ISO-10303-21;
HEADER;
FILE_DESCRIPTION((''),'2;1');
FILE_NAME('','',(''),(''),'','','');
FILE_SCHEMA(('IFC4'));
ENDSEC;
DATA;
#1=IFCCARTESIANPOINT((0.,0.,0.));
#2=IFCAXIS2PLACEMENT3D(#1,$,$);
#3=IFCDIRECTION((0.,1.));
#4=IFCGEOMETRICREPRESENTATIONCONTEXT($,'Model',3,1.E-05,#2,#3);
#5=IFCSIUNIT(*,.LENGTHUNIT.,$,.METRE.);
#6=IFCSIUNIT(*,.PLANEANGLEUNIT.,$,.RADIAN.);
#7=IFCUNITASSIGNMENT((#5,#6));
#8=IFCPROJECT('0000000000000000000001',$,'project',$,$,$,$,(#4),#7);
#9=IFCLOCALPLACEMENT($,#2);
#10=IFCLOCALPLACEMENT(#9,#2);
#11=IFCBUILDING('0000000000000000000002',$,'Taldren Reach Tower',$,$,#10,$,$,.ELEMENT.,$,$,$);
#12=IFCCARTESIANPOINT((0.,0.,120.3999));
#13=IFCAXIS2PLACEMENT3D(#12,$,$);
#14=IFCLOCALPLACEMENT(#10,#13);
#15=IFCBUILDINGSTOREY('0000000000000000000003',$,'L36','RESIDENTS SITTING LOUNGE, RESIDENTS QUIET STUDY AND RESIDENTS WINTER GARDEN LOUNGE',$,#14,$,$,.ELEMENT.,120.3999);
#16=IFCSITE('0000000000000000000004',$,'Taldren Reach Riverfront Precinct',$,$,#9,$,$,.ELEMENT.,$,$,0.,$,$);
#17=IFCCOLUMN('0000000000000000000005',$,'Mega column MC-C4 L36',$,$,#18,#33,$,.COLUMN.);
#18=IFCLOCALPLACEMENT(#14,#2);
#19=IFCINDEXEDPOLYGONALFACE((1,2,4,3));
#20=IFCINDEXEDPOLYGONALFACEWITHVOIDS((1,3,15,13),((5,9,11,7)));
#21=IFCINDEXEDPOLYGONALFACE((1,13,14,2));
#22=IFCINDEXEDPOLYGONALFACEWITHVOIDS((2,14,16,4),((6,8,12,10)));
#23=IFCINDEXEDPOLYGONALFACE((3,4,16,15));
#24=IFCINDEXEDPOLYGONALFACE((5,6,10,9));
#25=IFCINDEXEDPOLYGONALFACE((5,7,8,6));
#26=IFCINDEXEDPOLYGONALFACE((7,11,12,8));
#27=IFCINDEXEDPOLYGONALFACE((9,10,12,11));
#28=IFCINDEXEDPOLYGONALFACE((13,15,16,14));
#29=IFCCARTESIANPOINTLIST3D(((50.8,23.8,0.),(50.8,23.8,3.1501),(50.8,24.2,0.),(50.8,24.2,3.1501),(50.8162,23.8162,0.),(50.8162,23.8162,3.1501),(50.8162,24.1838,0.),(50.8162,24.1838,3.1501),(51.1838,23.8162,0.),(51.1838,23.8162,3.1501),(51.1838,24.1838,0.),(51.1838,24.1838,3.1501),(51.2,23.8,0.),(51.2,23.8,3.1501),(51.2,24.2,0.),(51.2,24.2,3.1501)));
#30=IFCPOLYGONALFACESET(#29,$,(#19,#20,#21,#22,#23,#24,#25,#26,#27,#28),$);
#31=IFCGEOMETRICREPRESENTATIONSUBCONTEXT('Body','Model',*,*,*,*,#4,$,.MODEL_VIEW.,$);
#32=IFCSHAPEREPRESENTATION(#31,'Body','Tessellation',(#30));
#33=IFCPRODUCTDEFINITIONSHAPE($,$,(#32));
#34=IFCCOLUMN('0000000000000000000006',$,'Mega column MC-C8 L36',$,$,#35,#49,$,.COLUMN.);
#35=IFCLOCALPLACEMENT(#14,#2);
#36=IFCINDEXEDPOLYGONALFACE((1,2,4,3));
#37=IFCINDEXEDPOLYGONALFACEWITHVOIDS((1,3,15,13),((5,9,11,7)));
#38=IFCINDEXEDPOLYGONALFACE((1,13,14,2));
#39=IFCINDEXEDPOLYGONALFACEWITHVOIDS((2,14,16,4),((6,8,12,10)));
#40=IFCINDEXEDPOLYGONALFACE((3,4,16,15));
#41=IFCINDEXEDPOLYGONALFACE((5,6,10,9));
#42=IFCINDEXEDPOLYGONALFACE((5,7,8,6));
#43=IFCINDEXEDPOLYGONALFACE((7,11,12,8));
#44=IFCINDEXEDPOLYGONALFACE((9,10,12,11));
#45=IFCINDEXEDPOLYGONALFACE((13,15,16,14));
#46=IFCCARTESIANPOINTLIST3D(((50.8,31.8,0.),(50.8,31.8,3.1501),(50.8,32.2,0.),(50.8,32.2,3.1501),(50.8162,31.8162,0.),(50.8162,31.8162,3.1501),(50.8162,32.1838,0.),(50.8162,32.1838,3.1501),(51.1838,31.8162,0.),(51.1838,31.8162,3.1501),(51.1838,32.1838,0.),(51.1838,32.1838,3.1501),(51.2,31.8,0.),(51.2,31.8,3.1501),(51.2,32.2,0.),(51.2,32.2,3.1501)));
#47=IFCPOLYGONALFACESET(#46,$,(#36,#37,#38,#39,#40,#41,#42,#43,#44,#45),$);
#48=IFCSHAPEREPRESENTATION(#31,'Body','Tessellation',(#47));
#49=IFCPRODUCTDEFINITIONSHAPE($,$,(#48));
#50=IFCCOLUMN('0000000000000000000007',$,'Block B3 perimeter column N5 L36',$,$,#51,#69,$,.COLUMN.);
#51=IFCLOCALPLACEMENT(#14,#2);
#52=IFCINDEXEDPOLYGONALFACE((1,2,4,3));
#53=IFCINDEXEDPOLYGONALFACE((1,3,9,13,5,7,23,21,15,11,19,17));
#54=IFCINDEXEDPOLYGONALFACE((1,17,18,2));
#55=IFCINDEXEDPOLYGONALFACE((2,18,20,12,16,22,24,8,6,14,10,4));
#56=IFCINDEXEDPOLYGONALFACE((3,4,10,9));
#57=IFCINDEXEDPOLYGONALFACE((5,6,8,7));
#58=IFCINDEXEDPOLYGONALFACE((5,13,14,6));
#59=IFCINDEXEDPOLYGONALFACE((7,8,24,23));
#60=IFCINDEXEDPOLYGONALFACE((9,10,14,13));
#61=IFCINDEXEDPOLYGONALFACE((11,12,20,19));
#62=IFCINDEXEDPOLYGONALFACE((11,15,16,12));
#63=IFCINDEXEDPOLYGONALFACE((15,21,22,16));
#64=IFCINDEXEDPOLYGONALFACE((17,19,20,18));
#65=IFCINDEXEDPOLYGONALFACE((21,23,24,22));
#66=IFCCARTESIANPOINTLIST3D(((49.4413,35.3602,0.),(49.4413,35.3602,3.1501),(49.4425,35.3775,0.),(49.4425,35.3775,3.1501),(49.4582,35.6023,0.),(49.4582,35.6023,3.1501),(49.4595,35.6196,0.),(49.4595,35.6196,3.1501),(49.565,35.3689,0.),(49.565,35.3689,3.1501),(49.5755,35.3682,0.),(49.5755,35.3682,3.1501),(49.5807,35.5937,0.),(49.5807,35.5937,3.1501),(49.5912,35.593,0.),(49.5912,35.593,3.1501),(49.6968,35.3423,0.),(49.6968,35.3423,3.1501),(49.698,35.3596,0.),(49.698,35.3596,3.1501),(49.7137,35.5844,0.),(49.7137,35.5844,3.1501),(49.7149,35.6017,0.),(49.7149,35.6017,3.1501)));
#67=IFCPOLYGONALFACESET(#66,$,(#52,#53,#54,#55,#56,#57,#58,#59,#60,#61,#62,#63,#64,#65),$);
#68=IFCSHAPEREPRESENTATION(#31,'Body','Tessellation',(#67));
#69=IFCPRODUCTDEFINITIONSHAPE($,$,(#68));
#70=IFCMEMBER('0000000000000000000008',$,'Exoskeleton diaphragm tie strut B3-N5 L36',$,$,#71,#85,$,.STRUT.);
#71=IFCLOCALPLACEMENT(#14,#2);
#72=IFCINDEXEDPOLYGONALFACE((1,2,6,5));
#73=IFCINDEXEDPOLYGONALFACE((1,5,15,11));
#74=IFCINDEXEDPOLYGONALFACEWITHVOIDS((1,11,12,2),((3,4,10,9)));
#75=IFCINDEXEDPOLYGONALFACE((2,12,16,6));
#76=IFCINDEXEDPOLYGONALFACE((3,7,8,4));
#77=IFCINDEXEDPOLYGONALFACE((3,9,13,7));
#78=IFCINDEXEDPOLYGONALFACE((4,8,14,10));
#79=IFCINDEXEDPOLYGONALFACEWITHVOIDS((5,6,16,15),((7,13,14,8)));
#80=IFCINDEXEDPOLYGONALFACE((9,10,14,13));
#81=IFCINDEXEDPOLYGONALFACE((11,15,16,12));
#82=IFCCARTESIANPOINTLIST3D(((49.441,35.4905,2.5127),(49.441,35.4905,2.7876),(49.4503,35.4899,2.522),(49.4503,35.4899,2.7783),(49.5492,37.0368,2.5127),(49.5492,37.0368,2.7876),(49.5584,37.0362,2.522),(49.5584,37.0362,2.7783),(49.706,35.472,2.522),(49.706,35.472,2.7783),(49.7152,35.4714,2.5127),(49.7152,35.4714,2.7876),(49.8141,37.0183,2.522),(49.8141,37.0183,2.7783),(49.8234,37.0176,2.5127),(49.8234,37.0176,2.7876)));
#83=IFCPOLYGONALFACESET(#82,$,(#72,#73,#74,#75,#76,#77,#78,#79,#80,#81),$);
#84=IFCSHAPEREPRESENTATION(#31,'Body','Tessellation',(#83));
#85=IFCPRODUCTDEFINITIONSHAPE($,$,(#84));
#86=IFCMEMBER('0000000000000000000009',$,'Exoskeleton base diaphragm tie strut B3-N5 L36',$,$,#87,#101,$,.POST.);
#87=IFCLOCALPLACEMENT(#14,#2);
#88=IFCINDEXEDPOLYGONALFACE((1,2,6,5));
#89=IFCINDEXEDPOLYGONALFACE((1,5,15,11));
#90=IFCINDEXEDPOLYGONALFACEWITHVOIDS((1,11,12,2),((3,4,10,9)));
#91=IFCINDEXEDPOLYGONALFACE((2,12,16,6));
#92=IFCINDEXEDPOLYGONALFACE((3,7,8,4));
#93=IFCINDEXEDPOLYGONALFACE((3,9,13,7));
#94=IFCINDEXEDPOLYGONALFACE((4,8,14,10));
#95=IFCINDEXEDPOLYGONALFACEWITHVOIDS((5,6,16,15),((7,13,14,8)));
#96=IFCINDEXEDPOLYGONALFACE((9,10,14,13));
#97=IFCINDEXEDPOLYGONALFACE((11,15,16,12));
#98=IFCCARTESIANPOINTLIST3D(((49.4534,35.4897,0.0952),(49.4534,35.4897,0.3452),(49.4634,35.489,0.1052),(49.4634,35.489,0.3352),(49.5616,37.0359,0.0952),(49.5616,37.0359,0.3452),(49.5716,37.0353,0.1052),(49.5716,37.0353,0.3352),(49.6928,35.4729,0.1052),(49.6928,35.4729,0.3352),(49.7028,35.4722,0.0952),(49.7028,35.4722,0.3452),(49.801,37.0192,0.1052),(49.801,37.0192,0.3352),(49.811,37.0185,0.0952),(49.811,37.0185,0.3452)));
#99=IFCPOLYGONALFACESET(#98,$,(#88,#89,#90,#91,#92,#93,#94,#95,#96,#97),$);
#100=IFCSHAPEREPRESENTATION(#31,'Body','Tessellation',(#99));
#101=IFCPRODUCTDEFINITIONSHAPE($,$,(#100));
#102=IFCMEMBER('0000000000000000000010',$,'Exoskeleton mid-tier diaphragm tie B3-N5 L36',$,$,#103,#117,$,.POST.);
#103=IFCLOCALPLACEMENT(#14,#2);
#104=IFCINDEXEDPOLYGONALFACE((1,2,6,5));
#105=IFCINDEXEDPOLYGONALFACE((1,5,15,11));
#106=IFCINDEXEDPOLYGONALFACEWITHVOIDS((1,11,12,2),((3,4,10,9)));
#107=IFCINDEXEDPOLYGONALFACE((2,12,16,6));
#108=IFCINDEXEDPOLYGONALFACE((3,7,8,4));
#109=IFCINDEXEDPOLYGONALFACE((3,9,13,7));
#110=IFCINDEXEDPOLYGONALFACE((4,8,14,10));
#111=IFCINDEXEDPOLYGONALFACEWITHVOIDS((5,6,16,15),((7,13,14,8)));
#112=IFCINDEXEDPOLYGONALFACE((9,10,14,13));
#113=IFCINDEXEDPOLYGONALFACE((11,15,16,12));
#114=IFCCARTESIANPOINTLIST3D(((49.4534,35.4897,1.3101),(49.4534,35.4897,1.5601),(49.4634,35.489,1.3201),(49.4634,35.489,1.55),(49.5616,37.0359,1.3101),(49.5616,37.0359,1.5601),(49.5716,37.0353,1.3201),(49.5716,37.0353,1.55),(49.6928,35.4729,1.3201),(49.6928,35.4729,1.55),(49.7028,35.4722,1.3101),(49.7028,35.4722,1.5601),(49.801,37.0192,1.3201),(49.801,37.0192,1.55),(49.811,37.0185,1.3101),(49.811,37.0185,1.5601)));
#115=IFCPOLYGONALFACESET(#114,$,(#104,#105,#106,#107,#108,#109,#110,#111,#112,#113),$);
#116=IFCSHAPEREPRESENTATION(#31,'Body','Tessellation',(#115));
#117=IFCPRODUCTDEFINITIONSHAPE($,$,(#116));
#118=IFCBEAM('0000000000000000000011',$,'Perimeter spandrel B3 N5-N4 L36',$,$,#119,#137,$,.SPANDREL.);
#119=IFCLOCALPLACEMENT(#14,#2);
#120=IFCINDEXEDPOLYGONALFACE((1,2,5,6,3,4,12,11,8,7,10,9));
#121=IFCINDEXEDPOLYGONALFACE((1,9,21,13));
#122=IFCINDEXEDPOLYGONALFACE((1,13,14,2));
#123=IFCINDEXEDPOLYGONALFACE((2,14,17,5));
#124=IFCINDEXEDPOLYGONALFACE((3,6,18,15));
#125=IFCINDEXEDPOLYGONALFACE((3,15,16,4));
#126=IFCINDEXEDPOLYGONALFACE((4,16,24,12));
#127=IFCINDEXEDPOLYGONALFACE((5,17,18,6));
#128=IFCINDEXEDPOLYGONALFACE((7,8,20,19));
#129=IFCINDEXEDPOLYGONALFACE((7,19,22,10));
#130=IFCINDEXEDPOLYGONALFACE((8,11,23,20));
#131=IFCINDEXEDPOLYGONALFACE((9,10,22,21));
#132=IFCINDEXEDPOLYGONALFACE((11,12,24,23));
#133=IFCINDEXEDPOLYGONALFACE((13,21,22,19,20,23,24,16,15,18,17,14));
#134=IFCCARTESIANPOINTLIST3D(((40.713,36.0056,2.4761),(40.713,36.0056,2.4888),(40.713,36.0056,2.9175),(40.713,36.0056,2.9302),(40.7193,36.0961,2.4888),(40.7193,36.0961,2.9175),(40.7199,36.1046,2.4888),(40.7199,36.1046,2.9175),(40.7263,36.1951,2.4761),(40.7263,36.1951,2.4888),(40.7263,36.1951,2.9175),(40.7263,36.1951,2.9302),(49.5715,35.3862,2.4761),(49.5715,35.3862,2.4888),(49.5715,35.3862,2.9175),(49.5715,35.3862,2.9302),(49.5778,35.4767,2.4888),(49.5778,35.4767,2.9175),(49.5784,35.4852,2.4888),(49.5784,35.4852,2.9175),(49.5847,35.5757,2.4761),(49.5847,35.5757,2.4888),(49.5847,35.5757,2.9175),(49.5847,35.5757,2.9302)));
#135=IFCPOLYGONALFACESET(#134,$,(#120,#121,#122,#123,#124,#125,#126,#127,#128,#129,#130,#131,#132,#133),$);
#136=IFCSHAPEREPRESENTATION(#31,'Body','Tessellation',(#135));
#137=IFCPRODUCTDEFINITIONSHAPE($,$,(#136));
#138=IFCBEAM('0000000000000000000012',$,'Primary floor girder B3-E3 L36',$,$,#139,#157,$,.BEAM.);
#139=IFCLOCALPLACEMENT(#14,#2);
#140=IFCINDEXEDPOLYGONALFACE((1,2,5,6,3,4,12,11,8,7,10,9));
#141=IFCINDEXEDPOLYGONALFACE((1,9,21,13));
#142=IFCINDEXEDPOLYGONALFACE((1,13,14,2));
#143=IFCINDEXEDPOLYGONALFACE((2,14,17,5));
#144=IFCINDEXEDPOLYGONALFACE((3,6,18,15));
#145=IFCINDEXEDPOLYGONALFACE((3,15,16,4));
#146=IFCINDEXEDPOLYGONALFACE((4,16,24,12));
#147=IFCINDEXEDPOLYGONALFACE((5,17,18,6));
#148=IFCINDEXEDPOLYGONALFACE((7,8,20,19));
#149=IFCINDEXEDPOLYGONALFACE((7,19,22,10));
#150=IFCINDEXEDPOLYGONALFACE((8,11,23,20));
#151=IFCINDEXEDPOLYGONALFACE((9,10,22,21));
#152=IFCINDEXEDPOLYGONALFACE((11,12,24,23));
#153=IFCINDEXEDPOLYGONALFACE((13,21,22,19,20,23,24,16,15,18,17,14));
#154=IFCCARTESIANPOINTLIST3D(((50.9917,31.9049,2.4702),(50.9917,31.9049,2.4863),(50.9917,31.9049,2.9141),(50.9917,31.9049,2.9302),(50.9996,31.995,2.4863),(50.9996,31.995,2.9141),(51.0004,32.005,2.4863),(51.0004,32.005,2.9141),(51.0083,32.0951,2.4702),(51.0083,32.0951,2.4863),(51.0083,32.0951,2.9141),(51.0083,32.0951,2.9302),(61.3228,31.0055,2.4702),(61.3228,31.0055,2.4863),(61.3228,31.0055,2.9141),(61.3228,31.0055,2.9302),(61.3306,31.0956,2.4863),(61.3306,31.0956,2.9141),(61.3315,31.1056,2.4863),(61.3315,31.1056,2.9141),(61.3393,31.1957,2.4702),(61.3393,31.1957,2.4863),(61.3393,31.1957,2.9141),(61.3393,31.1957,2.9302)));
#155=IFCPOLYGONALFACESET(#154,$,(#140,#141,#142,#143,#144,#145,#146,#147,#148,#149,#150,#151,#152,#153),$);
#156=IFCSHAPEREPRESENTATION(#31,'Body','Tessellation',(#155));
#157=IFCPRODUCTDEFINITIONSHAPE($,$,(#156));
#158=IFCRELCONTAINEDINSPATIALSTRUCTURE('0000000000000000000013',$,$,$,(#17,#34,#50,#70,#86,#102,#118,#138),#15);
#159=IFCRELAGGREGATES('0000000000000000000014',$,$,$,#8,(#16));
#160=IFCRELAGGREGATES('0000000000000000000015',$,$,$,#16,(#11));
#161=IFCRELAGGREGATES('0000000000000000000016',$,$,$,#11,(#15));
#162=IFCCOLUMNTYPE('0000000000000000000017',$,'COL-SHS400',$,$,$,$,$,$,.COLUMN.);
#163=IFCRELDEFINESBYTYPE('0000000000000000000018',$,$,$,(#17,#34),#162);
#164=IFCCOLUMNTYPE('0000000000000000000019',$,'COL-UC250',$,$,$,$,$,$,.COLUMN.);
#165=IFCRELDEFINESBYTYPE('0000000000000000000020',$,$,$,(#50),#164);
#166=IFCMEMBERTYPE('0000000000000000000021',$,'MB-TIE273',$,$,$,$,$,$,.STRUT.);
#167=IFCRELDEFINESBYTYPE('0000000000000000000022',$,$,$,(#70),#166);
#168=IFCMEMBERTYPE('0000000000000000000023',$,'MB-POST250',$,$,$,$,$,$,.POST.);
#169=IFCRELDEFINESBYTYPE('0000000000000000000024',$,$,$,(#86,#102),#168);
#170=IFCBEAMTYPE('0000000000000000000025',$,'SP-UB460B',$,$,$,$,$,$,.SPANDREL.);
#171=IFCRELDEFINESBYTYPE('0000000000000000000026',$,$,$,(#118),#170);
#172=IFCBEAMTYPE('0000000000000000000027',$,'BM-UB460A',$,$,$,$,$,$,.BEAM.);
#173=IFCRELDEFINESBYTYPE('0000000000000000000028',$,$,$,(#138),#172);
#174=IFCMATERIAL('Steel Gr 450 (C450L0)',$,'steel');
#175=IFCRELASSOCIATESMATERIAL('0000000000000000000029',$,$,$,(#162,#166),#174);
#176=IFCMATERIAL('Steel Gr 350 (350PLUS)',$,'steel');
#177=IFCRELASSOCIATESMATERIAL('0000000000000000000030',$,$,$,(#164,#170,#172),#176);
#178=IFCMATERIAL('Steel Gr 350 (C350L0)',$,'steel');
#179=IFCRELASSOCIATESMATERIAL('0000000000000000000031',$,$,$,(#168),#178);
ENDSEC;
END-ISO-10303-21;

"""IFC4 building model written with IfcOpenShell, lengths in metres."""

from ifc_helpers import new_model, si_unit, direction, frame, origin, origin_2d, place, context, subcontext, project, spatial, hollow_rectangle, i_section, extrude, source, transform, mapped, material, material_profile, profile_set, type_object, element, save


model = new_model("IFC4")

# Units and contexts
model_context = context("Model", 3, precision=1e-05, world=origin(), true_north=direction((0.0, 1.0)))
body_context = subcontext(model_context, "Body", "Model", "MODEL_VIEW")
ifc_project = project(units=[si_unit("LENGTHUNIT", "METRE"), si_unit("PLANEANGLEUNIT", "RADIAN")], contexts=[model_context])

# Site, building, storey
site_placement = place(None, origin())
site = spatial("IfcSite", under=ifc_project, at=site_placement, Name="Taldren Reach Riverfront Precinct", CompositionType="ELEMENT", RefElevation=0.0)
building_placement = place(site_placement, origin())
building = spatial("IfcBuilding", under=site, at=building_placement, Name="Taldren Reach Tower", CompositionType="ELEMENT")
storey_placement = place(building_placement, frame((0.0, 0.0, 120.3999)))
storey = spatial("IfcBuildingStorey", under=building, at=storey_placement, Name="L36", Description="RESIDENTS SITTING LOUNGE, RESIDENTS QUIET STUDY AND RESIDENTS WINTER GARDEN LOUNGE", CompositionType="ELEMENT", Elevation=120.3999)

# Columns
ifc_material_1 = material(Name="Steel Gr 450 (C450L0)", Category="steel")
ifc_material_profile_1 = material_profile(ifc_material_1, hollow_rectangle(XDim=0.3999, YDim=0.3999, WallThickness=0.0161, at=origin_2d()), Name="400x400x16.0SHS")
ifc_profile_set_1 = profile_set([ifc_material_profile_1], Name="Steel Gr 450 (C450L0)")
column_type_1 = type_object("IfcColumnType", Name="COL-SHS400", PredefinedType="COLUMN", material=ifc_profile_set_1)
shared_shape_1 = source(origin(), body_context, "Body", "SweptSolid", [
    extrude(hollow_rectangle(XDim=0.3999, YDim=0.3999, WallThickness=0.0161, at=origin_2d()), origin(), (0.0, 0.0, 1.0), 3.1501),
])
for number, where, z_axis, x_axis, name in (
    (1, (51.0, 24.0, 0.0), (0.0, 0.0, 1.0), (1.0, 0.0, 0.0), "Mega column MC-C4 L36"),
    (2, (51.0, 32.0, 0.0), (0.0, 0.0, 1.0), (1.0, 0.0, 0.0), "Mega column MC-C8 L36"),
):
    element("IfcColumn", number, at=place(storey_placement, frame(where, z_axis=z_axis, x_axis=x_axis)), inside=storey, type_object=column_type_1, Name=name, PredefinedType="COLUMN", context=body_context, shape_type="MappedRepresentation", body=[
        mapped(shared_shape_1, transform((0.0, 0.0, 0.0), scale=1.0)),
    ])
ifc_material_2 = material(Name="Steel Gr 350 (350PLUS)", Category="steel")
ifc_material_profile_2 = material_profile(ifc_material_2, i_section(OverallWidth=0.2561, OverallDepth=0.26, WebThickness=0.0105, FlangeThickness=0.0173, at=origin_2d()), Name="250UC89.5")
ifc_profile_set_2 = profile_set([ifc_material_profile_2], Name="Steel Gr 350 (350PLUS)")
column_type_2 = type_object("IfcColumnType", Name="COL-UC250", PredefinedType="COLUMN", material=ifc_profile_set_2)
shared_shape_2 = source(origin(), body_context, "Body", "SweptSolid", [
    extrude(i_section(OverallWidth=0.2561, OverallDepth=0.26, WebThickness=0.0105, FlangeThickness=0.0173, at=origin_2d()), origin(), (0.0, 0.0, 1.0), 3.1501),
])
column_placement = place(storey_placement, frame((49.5781, 35.481, 0.0), z_axis=(0.0, 0.0, 1.0), x_axis=(0.997564, -0.069756, 0.0)))
element("IfcColumn", 3, at=column_placement, inside=storey, type_object=column_type_2, Name="Block B3 perimeter column N5 L36", PredefinedType="COLUMN", context=body_context, shape_type="MappedRepresentation", body=[
    mapped(shared_shape_2, transform((0.0, 0.0, 0.0), scale=1.0)),
])

# Members
ifc_material_profile_3 = material_profile(ifc_material_1, hollow_rectangle(XDim=0.2749, YDim=0.2749, WallThickness=0.0093, at=origin_2d()), Name="275x275x9.3SHS")
ifc_profile_set_3 = profile_set([ifc_material_profile_3], Name="Steel Gr 450 (C450L0)")
member_type_1 = type_object("IfcMemberType", Name="MB-TIE273", PredefinedType="STRUT", material=ifc_profile_set_3)
shared_shape_3 = source(origin(), body_context, "Body", "SweptSolid", [
    extrude(hollow_rectangle(XDim=0.2749, YDim=0.2749, WallThickness=0.0093, at=origin_2d()), origin(), (0.0, 0.0, 1.0), 1.55),
])
member_1_placement = place(storey_placement, frame((49.5781, 35.481, 2.6501), z_axis=(0.06977, 0.997563, 0.0), x_axis=(-0.997563, 0.06977, 0.0)))
element("IfcMember", 4, at=member_1_placement, inside=storey, type_object=member_type_1, Name="Exoskeleton diaphragm tie strut B3-N5 L36", PredefinedType="STRUT", context=body_context, shape_type="MappedRepresentation", body=[
    mapped(shared_shape_3, transform((0.0, 0.0, 0.0), scale=1.0)),
])
ifc_material_3 = material(Name="Steel Gr 350 (C350L0)", Category="steel")
ifc_material_profile_4 = material_profile(ifc_material_3, hollow_rectangle(XDim=0.25, YDim=0.25, WallThickness=0.01, at=origin_2d()), Name="250x250x10.0SHS")
ifc_profile_set_4 = profile_set([ifc_material_profile_4], Name="Steel Gr 350 (C350L0)")
member_type_2 = type_object("IfcMemberType", Name="MB-POST250", PredefinedType="POST", material=ifc_profile_set_4)
shared_shape_4 = source(origin(), body_context, "Body", "SweptSolid", [
    extrude(hollow_rectangle(XDim=0.25, YDim=0.25, WallThickness=0.01, at=origin_2d()), origin(), (0.0, 0.0, 1.0), 1.55),
])
for number, where, z_axis, x_axis, name in (
    (5, (49.5781, 35.481, 0.2202), (0.06977, 0.997563, 0.0), (-0.997563, 0.06977, 0.0), "Exoskeleton base diaphragm tie strut B3-N5 L36"),
    (6, (49.5781, 35.481, 1.4351), (0.06977, 0.997563, 0.0), (-0.997563, 0.06977, 0.0), "Exoskeleton mid-tier diaphragm tie B3-N5 L36"),
):
    element("IfcMember", number, at=place(storey_placement, frame(where, z_axis=z_axis, x_axis=x_axis)), inside=storey, type_object=member_type_2, Name=name, PredefinedType="POST", context=body_context, shape_type="MappedRepresentation", body=[
        mapped(shared_shape_4, transform((0.0, 0.0, 0.0), scale=1.0)),
    ])

# Beams
ifc_material_profile_5 = material_profile(ifc_material_2, i_section(OverallWidth=0.1899, OverallDepth=0.4541, WebThickness=0.0085, FlangeThickness=0.0127, at=origin_2d()), Name="460UB67.1")
ifc_profile_set_5 = profile_set([ifc_material_profile_5], Name="Steel Gr 350 (350PLUS)")
beam_type_1 = type_object("IfcBeamType", Name="SP-UB460B", PredefinedType="SPANDREL", material=ifc_profile_set_5)
shared_shape_5 = source(origin(), body_context, "Body", "SweptSolid", [
    extrude(i_section(OverallWidth=0.1899, OverallDepth=0.4541, WebThickness=0.0085, FlangeThickness=0.0127, at=origin_2d()), origin(), (0.0, 0.0, 1.0), 8.8801),
])
beam_1_placement = place(storey_placement, frame((49.5781, 35.481, 2.7031), z_axis=(-0.997564, 0.06975, 0.0), x_axis=(-0.06975, -0.997564, 0.0)))
element("IfcBeam", 7, at=beam_1_placement, inside=storey, type_object=beam_type_1, Name="Perimeter spandrel B3 N5-N4 L36", PredefinedType="SPANDREL", context=body_context, shape_type="MappedRepresentation", body=[
    mapped(shared_shape_5, transform((0.0, 0.0, 0.0), scale=1.0)),
])
ifc_material_profile_6 = material_profile(ifc_material_2, i_section(OverallWidth=0.1909, OverallDepth=0.46, WebThickness=0.01, FlangeThickness=0.0161, at=origin_2d()), Name="460UB82.1")
ifc_profile_set_6 = profile_set([ifc_material_profile_6], Name="Steel Gr 350 (350PLUS)")
beam_type_2 = type_object("IfcBeamType", Name="BM-UB460A", PredefinedType="BEAM", material=ifc_profile_set_6)
shared_shape_6 = source(origin(), body_context, "Body", "SweptSolid", [
    extrude(i_section(OverallWidth=0.1909, OverallDepth=0.46, WebThickness=0.01, FlangeThickness=0.0161, at=origin_2d()), origin(), (0.0, 0.0, 1.0), 10.3701),
])
beam_2_placement = place(storey_placement, frame((51.0, 32.0, 2.7002), z_axis=(0.996232, -0.086731, 0.0), x_axis=(0.086731, 0.996232, 0.0)))
element("IfcBeam", 8, at=beam_2_placement, inside=storey, type_object=beam_type_2, Name="Primary floor girder B3-E3 L36", PredefinedType="BEAM", context=body_context, shape_type="MappedRepresentation", body=[
    mapped(shared_shape_6, transform((0.0, 0.0, 0.0), scale=1.0)),
])

save(model, "model.ifc")
